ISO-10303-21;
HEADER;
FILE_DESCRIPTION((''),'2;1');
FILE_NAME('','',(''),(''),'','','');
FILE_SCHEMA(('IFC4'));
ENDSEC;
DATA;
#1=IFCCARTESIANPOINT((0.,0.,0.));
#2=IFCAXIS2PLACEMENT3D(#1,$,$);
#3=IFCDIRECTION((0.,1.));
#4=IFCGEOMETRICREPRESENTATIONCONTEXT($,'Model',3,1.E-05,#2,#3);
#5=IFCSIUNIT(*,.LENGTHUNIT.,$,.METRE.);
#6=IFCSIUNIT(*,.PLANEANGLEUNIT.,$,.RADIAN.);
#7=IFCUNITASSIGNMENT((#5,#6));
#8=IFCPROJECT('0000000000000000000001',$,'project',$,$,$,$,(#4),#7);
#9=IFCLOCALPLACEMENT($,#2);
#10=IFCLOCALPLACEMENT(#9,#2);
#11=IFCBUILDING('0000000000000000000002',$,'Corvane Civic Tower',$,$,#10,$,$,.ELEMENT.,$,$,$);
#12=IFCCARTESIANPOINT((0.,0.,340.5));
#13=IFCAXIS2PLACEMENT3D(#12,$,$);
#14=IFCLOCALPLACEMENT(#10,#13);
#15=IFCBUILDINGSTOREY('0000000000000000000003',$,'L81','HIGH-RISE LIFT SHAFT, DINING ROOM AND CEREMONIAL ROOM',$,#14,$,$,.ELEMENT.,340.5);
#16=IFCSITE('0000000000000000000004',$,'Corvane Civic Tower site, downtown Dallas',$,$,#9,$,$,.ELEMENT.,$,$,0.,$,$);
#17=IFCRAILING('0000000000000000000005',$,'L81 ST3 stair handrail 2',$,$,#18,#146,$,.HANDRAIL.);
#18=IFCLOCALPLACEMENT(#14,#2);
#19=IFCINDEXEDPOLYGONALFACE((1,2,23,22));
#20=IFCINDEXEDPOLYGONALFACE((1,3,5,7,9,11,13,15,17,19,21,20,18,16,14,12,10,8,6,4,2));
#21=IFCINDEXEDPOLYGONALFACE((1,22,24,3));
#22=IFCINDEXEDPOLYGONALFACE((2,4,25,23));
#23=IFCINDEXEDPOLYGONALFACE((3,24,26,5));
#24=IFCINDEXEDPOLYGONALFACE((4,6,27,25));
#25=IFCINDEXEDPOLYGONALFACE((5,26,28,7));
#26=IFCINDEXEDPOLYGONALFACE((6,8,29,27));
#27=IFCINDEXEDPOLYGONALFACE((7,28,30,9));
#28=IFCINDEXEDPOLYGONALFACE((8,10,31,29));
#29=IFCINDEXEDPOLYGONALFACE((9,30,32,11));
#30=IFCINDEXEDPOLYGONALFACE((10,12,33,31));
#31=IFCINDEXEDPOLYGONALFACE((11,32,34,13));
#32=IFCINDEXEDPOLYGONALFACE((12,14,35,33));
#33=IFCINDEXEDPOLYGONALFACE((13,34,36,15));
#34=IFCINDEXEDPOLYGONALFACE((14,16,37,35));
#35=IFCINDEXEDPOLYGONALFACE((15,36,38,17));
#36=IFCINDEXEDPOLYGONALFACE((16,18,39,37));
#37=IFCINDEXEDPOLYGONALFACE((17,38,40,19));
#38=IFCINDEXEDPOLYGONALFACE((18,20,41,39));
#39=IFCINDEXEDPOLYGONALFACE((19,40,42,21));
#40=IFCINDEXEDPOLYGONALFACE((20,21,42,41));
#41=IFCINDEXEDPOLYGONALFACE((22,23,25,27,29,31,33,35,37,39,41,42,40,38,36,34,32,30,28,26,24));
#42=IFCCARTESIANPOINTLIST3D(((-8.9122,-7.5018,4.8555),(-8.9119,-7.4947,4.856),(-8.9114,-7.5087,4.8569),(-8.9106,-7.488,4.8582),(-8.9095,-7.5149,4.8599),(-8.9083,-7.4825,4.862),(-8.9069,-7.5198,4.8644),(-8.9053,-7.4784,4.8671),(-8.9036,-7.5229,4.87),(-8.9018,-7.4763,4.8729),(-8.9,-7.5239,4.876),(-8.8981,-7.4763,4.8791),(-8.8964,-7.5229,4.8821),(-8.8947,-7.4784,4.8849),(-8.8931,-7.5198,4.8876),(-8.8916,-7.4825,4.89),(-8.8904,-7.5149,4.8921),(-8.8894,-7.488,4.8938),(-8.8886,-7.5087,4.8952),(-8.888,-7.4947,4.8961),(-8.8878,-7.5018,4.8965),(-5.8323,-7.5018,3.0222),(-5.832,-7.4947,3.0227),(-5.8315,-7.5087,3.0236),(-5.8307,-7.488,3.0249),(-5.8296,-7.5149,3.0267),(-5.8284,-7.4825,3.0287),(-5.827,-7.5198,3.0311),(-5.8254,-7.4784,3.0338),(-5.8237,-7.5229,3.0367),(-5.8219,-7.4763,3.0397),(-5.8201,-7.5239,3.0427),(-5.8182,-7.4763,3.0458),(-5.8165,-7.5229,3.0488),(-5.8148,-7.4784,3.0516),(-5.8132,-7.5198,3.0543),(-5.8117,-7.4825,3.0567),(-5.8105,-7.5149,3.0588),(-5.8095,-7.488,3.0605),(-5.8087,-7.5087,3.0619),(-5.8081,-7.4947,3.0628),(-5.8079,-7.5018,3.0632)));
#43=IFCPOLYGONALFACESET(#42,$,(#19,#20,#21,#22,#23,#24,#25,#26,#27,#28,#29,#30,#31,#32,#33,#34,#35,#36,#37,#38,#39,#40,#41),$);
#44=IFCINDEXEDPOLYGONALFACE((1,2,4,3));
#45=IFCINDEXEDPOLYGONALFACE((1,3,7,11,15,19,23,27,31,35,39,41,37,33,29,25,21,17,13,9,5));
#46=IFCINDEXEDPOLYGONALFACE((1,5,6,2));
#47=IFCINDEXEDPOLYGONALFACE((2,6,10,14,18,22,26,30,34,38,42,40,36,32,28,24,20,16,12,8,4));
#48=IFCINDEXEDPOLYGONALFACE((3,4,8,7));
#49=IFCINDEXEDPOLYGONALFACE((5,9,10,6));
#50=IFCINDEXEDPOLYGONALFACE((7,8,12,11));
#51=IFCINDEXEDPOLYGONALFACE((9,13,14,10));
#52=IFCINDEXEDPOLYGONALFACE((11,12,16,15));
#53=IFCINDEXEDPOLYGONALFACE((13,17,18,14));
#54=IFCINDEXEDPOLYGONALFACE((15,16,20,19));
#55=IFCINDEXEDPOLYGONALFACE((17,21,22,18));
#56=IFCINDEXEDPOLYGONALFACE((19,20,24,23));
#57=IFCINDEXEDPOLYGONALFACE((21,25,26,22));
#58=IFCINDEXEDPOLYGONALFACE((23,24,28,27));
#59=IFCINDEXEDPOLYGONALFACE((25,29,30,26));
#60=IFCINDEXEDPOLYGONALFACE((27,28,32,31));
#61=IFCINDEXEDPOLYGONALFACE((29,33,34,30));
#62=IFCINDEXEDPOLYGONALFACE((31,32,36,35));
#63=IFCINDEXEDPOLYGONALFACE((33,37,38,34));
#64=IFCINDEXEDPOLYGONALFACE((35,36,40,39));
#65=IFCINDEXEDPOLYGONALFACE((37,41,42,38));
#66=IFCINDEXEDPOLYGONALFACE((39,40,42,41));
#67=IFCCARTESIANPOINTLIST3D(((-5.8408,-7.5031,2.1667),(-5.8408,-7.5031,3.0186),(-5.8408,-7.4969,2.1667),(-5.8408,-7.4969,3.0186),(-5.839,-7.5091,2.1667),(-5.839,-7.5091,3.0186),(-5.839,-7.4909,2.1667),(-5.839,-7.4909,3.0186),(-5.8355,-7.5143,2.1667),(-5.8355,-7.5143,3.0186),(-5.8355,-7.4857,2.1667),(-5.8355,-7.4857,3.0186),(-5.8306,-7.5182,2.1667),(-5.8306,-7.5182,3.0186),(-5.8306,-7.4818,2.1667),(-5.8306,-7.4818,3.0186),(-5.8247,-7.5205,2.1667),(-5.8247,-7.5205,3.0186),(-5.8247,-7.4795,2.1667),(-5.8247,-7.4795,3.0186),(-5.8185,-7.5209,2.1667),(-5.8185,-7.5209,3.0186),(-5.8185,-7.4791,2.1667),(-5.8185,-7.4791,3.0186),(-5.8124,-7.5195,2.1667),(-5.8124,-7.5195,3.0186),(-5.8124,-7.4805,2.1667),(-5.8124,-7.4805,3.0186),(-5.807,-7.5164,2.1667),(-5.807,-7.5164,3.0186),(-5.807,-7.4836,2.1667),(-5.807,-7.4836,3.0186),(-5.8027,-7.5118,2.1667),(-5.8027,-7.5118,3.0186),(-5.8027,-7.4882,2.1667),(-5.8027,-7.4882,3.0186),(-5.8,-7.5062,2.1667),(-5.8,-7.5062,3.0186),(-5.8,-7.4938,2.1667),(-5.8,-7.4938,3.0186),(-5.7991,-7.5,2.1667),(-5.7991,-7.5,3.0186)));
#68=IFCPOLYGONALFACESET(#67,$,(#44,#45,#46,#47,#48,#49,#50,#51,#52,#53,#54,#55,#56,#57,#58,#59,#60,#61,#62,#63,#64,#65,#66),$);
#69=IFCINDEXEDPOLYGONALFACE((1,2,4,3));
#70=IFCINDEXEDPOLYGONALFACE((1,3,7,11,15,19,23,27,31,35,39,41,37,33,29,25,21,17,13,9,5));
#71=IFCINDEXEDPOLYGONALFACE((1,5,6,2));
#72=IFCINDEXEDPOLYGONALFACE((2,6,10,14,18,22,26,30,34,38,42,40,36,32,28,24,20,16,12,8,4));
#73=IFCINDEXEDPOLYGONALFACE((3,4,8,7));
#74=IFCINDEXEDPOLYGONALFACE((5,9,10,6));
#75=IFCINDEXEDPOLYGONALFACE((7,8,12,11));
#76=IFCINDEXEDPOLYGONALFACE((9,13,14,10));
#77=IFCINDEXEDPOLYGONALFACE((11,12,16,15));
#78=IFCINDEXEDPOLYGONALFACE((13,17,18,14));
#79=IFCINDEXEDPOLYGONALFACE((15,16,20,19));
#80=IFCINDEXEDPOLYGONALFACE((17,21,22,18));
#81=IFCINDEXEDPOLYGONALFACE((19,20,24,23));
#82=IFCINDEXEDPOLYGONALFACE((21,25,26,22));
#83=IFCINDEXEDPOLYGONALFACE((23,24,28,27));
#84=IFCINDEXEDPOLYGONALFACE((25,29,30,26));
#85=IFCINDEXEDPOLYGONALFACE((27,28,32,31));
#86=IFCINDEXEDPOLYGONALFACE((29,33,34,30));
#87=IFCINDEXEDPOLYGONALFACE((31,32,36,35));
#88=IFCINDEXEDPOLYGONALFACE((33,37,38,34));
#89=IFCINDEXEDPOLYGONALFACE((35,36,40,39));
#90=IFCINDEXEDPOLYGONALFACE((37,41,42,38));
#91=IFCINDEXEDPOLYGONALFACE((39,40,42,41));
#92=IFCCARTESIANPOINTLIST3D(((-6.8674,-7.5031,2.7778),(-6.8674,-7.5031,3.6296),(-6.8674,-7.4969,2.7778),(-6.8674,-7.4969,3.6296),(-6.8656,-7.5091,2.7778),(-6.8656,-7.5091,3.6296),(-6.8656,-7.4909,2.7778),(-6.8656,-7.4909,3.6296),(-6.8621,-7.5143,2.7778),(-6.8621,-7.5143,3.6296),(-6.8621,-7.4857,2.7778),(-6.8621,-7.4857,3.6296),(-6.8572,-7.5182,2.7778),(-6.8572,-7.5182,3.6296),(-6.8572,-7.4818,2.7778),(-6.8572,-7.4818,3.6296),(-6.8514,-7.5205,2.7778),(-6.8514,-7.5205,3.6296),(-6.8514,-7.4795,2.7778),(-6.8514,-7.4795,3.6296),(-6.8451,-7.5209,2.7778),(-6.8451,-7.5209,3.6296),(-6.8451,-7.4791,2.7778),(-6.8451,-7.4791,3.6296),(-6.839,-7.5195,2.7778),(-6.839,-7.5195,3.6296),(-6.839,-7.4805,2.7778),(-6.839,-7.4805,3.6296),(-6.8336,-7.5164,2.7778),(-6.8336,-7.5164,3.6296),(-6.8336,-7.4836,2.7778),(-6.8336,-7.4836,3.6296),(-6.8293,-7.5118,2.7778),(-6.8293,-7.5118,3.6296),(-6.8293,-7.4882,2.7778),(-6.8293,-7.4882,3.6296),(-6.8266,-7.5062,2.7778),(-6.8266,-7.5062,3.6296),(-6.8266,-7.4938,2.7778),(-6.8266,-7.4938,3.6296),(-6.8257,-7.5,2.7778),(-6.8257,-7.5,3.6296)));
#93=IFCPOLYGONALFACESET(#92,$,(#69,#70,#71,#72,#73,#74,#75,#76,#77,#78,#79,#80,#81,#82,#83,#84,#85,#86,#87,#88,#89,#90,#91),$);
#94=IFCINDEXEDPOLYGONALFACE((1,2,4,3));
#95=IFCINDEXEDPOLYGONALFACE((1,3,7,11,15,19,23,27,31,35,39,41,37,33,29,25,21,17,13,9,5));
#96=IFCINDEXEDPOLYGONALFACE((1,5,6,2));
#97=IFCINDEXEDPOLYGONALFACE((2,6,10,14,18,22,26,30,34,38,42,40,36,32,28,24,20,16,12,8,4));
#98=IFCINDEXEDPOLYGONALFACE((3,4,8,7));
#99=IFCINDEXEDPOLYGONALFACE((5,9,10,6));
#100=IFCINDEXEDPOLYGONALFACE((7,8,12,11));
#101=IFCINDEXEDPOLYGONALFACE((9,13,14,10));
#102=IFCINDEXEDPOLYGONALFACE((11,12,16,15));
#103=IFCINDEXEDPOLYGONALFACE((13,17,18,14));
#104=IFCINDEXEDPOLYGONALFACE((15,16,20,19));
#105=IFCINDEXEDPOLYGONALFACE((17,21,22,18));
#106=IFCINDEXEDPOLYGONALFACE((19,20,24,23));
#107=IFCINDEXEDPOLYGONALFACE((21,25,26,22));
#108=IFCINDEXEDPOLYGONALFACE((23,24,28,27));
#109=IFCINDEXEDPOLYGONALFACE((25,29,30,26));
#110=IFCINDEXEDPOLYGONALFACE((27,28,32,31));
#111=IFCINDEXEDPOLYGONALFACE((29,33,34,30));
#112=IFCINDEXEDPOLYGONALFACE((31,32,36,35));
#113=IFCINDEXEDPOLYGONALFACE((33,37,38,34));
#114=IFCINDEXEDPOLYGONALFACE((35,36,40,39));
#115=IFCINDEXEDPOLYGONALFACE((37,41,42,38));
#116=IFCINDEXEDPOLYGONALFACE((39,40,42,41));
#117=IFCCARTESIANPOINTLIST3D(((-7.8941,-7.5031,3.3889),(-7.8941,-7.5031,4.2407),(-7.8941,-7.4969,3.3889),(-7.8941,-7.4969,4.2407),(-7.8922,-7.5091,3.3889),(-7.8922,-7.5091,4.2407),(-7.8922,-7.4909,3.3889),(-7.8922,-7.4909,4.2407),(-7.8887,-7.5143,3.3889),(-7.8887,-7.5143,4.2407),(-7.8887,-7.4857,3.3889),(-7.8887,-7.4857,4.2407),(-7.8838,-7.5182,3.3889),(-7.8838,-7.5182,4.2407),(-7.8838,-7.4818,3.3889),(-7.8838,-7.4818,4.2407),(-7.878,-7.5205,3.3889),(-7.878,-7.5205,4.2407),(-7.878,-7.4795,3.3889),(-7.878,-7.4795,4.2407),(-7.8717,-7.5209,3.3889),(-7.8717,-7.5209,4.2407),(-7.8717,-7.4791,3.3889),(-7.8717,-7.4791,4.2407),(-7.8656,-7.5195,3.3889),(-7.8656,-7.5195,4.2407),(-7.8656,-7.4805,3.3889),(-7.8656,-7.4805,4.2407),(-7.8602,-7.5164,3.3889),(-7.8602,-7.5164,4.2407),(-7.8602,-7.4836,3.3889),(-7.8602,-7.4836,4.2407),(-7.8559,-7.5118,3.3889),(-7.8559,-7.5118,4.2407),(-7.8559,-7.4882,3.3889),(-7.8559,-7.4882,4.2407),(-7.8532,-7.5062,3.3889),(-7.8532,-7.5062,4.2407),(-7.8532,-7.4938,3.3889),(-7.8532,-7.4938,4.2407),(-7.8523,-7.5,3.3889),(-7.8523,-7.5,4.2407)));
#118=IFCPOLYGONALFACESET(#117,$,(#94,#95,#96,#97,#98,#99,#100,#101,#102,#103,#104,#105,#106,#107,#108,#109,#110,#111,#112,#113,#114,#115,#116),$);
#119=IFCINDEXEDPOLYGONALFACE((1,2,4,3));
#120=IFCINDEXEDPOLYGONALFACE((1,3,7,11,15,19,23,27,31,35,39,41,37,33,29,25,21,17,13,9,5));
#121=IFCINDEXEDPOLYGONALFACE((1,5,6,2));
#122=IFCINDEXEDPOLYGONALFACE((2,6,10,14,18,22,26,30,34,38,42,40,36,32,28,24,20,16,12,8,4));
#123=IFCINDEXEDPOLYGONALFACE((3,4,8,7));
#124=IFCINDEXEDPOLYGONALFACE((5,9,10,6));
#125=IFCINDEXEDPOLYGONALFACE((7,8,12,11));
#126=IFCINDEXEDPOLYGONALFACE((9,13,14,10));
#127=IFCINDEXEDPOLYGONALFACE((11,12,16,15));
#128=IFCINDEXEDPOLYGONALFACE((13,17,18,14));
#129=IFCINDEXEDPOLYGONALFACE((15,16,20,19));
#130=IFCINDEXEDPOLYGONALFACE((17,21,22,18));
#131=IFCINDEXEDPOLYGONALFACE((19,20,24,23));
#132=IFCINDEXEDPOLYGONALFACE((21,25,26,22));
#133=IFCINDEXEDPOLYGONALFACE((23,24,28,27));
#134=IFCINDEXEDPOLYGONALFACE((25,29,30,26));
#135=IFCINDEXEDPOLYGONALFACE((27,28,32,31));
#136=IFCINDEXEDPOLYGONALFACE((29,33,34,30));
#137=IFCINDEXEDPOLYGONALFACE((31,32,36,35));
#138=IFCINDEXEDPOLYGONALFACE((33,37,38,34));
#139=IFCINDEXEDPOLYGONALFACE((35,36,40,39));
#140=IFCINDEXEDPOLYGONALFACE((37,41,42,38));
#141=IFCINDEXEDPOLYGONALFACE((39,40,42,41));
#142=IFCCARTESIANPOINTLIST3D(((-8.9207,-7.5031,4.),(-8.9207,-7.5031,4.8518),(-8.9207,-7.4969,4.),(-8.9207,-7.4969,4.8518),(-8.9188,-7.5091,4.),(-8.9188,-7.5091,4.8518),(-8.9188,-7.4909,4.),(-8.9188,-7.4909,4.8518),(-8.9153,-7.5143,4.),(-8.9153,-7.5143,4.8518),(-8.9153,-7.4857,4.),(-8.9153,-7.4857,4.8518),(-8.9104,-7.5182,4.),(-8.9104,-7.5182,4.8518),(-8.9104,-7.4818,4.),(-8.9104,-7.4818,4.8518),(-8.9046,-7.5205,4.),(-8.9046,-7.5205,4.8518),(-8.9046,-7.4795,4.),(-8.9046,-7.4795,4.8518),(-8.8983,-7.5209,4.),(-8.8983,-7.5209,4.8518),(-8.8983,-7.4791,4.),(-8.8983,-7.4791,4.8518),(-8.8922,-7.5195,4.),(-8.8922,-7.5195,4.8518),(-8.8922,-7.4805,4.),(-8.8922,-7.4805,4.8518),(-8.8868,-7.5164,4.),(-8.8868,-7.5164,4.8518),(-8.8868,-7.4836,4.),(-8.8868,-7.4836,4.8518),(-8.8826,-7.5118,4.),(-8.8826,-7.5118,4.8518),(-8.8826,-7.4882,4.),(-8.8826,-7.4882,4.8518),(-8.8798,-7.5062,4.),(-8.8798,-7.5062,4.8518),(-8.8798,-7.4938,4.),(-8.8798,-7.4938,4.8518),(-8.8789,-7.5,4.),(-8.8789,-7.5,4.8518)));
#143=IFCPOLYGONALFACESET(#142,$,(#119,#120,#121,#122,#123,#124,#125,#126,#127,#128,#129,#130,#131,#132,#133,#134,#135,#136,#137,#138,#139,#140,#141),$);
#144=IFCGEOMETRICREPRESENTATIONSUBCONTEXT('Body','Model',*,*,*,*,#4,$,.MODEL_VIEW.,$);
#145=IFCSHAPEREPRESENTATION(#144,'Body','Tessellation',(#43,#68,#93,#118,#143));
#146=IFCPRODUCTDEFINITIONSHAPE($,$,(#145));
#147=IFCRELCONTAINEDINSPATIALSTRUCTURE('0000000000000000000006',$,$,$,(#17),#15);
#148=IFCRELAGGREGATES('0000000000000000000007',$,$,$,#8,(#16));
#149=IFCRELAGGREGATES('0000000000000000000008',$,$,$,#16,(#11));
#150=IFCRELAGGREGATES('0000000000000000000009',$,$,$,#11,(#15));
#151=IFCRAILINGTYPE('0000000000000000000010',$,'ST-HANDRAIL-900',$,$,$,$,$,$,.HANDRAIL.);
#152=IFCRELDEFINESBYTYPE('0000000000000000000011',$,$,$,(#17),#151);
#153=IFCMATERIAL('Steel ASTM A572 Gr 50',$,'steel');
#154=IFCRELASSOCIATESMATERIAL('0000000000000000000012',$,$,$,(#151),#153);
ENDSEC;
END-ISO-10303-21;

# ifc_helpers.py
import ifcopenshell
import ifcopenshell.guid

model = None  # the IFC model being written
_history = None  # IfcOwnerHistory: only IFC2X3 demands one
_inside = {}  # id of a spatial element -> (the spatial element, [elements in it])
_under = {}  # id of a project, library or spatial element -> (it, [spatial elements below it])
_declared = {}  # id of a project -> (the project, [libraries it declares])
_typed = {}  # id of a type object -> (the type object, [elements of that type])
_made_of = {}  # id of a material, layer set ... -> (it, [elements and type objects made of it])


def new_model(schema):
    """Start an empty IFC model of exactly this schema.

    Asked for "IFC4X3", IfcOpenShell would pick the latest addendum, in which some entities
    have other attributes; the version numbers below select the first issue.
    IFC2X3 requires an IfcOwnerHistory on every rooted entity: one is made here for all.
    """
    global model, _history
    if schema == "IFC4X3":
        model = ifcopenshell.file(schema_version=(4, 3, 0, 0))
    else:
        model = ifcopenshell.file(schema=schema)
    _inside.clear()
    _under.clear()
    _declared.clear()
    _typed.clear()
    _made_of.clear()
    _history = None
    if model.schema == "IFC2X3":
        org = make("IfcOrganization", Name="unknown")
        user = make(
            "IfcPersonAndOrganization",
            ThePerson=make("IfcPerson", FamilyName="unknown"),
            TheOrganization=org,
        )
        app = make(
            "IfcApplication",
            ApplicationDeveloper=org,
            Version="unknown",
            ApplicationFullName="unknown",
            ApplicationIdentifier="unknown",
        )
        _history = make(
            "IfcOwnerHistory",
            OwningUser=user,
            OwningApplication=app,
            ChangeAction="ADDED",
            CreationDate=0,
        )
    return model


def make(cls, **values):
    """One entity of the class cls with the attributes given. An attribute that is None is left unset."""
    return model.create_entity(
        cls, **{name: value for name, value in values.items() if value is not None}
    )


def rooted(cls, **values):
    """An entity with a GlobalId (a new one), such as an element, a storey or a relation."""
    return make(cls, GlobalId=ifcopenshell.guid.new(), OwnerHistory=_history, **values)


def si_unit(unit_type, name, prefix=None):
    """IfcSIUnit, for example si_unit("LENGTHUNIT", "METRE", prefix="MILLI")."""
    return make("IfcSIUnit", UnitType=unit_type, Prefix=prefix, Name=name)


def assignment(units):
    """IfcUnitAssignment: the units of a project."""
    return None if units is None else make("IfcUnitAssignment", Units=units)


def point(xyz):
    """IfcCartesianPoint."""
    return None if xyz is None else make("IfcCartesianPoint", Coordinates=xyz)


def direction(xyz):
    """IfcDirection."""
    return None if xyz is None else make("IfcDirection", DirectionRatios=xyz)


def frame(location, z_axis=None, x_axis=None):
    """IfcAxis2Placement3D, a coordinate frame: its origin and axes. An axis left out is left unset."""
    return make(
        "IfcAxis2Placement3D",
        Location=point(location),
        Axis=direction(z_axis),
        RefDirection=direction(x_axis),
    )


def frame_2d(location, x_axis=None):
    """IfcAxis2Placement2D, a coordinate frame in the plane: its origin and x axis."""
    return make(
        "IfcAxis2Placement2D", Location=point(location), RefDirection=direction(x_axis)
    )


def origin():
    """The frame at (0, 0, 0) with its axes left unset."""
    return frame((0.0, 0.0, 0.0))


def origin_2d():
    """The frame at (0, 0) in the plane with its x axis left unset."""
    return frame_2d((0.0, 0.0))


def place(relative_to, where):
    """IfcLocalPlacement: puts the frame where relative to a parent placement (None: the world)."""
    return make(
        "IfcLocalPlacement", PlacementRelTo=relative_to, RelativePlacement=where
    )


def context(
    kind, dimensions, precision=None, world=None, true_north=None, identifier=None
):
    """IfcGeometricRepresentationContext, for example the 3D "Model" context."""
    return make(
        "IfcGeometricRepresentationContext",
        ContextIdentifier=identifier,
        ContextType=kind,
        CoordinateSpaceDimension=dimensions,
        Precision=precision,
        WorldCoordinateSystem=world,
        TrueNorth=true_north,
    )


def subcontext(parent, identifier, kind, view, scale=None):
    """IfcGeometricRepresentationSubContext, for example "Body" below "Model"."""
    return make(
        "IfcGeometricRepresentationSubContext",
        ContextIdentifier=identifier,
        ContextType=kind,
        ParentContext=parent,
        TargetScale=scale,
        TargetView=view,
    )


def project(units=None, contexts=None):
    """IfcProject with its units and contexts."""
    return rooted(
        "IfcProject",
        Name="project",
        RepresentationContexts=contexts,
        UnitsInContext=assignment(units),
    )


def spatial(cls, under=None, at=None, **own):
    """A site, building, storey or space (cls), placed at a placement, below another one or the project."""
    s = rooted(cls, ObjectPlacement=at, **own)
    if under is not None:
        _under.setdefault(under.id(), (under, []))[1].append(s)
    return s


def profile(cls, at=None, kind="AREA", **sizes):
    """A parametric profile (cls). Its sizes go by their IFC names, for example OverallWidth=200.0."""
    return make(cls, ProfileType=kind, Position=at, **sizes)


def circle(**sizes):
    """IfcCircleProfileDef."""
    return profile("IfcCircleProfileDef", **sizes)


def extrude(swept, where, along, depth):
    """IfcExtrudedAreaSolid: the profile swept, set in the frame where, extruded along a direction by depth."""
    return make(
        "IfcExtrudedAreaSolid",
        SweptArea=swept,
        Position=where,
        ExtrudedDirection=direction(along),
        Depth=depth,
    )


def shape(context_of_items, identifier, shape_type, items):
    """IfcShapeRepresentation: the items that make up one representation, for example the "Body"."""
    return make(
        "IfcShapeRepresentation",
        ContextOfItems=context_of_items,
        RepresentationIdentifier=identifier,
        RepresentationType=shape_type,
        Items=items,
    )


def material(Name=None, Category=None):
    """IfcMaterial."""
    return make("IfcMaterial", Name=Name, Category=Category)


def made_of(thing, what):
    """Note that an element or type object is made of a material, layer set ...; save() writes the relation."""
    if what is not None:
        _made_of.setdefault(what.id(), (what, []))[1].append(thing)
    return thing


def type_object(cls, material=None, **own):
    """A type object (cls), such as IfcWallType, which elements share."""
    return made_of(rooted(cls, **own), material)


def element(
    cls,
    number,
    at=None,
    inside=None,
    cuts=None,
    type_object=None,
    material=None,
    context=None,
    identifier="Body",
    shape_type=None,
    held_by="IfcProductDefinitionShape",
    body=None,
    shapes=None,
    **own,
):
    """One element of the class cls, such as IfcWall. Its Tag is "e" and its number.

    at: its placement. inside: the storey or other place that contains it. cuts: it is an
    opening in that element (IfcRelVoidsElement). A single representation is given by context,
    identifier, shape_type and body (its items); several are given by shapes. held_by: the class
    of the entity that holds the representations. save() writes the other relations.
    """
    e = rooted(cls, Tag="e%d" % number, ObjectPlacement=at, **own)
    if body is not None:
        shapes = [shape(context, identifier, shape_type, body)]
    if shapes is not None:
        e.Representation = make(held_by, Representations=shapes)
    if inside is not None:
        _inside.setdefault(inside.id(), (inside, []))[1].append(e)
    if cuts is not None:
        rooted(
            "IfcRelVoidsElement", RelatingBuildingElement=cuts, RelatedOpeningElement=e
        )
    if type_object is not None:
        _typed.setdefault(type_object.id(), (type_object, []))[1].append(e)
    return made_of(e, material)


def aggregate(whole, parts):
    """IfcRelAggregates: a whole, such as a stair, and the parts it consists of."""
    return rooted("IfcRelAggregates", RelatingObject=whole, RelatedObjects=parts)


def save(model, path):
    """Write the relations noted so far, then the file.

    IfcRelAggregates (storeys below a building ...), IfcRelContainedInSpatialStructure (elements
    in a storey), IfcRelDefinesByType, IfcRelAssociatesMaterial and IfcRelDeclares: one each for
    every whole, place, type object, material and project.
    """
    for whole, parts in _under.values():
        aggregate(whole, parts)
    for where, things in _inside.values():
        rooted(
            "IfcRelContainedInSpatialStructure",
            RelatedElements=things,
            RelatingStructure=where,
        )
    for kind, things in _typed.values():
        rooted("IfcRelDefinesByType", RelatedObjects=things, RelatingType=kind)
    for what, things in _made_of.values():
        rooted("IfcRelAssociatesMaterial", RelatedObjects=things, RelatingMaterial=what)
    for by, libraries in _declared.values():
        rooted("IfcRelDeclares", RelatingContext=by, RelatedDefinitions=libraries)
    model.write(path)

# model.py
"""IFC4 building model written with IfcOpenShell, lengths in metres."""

from ifc_helpers import new_model, si_unit, direction, frame, origin, origin_2d, place, context, subcontext, project, spatial, circle, extrude, material, type_object, element, save


model = new_model("IFC4")

# Units and contexts
model_context = context("Model", 3, precision=1e-05, world=origin(), true_north=direction((0.0, 1.0)))
body_context = subcontext(model_context, "Body", "Model", "MODEL_VIEW")
ifc_project = project(units=[si_unit("LENGTHUNIT", "METRE"), si_unit("PLANEANGLEUNIT", "RADIAN")], contexts=[model_context])

# Site, building, storey
site_placement = place(None, origin())
site = spatial("IfcSite", under=ifc_project, at=site_placement, Name="Corvane Civic Tower site, downtown Dallas", CompositionType="ELEMENT", RefElevation=0.0)
building_placement = place(site_placement, origin())
building = spatial("IfcBuilding", under=site, at=building_placement, Name="Corvane Civic Tower", CompositionType="ELEMENT")
storey_placement = place(building_placement, frame((0.0, 0.0, 340.5)))
storey = spatial("IfcBuildingStorey", under=building, at=storey_placement, Name="L81", Description="HIGH-RISE LIFT SHAFT, DINING ROOM AND CEREMONIAL ROOM", CompositionType="ELEMENT", Elevation=340.5)

# Railing
ifc_material_1 = material(Name="Steel ASTM A572 Gr 50", Category="steel")
railing_type = type_object("IfcRailingType", Name="ST-HANDRAIL-900", PredefinedType="HANDRAIL", material=ifc_material_1)
railing_placement = place(storey_placement, frame((-5.8201, -7.5, 2.1667)))
element("IfcRailing", 1, at=railing_placement, inside=storey, type_object=railing_type, Name="L81 ST3 stair handrail 2", PredefinedType="HANDRAIL", context=body_context, shape_type="SweptSolid", body=[
    extrude(circle(Radius=0.0239, at=origin_2d()), frame((0.0, 0.0, 0.876), z_axis=(-0.859291, 0.0, 0.511487), x_axis=(0.0, -1.0, 0.0)), (0.0, 0.0, 1.0), 3.5842),
    extrude(circle(Radius=0.021, at=origin_2d()), origin(), (0.0, 0.0, 1.0), 0.8518),
    extrude(circle(Radius=0.021, at=origin_2d()), frame((-1.0266, 0.0, 0.6111)), (0.0, 0.0, 1.0), 0.8518),
    extrude(circle(Radius=0.021, at=origin_2d()), frame((-2.0532, 0.0, 1.2222)), (0.0, 0.0, 1.0), 0.8518),
    extrude(circle(Radius=0.021, at=origin_2d()), frame((-3.0798, 0.0, 1.8333)), (0.0, 0.0, 1.0), 0.8518),
])

save(model, "model.ifc")
